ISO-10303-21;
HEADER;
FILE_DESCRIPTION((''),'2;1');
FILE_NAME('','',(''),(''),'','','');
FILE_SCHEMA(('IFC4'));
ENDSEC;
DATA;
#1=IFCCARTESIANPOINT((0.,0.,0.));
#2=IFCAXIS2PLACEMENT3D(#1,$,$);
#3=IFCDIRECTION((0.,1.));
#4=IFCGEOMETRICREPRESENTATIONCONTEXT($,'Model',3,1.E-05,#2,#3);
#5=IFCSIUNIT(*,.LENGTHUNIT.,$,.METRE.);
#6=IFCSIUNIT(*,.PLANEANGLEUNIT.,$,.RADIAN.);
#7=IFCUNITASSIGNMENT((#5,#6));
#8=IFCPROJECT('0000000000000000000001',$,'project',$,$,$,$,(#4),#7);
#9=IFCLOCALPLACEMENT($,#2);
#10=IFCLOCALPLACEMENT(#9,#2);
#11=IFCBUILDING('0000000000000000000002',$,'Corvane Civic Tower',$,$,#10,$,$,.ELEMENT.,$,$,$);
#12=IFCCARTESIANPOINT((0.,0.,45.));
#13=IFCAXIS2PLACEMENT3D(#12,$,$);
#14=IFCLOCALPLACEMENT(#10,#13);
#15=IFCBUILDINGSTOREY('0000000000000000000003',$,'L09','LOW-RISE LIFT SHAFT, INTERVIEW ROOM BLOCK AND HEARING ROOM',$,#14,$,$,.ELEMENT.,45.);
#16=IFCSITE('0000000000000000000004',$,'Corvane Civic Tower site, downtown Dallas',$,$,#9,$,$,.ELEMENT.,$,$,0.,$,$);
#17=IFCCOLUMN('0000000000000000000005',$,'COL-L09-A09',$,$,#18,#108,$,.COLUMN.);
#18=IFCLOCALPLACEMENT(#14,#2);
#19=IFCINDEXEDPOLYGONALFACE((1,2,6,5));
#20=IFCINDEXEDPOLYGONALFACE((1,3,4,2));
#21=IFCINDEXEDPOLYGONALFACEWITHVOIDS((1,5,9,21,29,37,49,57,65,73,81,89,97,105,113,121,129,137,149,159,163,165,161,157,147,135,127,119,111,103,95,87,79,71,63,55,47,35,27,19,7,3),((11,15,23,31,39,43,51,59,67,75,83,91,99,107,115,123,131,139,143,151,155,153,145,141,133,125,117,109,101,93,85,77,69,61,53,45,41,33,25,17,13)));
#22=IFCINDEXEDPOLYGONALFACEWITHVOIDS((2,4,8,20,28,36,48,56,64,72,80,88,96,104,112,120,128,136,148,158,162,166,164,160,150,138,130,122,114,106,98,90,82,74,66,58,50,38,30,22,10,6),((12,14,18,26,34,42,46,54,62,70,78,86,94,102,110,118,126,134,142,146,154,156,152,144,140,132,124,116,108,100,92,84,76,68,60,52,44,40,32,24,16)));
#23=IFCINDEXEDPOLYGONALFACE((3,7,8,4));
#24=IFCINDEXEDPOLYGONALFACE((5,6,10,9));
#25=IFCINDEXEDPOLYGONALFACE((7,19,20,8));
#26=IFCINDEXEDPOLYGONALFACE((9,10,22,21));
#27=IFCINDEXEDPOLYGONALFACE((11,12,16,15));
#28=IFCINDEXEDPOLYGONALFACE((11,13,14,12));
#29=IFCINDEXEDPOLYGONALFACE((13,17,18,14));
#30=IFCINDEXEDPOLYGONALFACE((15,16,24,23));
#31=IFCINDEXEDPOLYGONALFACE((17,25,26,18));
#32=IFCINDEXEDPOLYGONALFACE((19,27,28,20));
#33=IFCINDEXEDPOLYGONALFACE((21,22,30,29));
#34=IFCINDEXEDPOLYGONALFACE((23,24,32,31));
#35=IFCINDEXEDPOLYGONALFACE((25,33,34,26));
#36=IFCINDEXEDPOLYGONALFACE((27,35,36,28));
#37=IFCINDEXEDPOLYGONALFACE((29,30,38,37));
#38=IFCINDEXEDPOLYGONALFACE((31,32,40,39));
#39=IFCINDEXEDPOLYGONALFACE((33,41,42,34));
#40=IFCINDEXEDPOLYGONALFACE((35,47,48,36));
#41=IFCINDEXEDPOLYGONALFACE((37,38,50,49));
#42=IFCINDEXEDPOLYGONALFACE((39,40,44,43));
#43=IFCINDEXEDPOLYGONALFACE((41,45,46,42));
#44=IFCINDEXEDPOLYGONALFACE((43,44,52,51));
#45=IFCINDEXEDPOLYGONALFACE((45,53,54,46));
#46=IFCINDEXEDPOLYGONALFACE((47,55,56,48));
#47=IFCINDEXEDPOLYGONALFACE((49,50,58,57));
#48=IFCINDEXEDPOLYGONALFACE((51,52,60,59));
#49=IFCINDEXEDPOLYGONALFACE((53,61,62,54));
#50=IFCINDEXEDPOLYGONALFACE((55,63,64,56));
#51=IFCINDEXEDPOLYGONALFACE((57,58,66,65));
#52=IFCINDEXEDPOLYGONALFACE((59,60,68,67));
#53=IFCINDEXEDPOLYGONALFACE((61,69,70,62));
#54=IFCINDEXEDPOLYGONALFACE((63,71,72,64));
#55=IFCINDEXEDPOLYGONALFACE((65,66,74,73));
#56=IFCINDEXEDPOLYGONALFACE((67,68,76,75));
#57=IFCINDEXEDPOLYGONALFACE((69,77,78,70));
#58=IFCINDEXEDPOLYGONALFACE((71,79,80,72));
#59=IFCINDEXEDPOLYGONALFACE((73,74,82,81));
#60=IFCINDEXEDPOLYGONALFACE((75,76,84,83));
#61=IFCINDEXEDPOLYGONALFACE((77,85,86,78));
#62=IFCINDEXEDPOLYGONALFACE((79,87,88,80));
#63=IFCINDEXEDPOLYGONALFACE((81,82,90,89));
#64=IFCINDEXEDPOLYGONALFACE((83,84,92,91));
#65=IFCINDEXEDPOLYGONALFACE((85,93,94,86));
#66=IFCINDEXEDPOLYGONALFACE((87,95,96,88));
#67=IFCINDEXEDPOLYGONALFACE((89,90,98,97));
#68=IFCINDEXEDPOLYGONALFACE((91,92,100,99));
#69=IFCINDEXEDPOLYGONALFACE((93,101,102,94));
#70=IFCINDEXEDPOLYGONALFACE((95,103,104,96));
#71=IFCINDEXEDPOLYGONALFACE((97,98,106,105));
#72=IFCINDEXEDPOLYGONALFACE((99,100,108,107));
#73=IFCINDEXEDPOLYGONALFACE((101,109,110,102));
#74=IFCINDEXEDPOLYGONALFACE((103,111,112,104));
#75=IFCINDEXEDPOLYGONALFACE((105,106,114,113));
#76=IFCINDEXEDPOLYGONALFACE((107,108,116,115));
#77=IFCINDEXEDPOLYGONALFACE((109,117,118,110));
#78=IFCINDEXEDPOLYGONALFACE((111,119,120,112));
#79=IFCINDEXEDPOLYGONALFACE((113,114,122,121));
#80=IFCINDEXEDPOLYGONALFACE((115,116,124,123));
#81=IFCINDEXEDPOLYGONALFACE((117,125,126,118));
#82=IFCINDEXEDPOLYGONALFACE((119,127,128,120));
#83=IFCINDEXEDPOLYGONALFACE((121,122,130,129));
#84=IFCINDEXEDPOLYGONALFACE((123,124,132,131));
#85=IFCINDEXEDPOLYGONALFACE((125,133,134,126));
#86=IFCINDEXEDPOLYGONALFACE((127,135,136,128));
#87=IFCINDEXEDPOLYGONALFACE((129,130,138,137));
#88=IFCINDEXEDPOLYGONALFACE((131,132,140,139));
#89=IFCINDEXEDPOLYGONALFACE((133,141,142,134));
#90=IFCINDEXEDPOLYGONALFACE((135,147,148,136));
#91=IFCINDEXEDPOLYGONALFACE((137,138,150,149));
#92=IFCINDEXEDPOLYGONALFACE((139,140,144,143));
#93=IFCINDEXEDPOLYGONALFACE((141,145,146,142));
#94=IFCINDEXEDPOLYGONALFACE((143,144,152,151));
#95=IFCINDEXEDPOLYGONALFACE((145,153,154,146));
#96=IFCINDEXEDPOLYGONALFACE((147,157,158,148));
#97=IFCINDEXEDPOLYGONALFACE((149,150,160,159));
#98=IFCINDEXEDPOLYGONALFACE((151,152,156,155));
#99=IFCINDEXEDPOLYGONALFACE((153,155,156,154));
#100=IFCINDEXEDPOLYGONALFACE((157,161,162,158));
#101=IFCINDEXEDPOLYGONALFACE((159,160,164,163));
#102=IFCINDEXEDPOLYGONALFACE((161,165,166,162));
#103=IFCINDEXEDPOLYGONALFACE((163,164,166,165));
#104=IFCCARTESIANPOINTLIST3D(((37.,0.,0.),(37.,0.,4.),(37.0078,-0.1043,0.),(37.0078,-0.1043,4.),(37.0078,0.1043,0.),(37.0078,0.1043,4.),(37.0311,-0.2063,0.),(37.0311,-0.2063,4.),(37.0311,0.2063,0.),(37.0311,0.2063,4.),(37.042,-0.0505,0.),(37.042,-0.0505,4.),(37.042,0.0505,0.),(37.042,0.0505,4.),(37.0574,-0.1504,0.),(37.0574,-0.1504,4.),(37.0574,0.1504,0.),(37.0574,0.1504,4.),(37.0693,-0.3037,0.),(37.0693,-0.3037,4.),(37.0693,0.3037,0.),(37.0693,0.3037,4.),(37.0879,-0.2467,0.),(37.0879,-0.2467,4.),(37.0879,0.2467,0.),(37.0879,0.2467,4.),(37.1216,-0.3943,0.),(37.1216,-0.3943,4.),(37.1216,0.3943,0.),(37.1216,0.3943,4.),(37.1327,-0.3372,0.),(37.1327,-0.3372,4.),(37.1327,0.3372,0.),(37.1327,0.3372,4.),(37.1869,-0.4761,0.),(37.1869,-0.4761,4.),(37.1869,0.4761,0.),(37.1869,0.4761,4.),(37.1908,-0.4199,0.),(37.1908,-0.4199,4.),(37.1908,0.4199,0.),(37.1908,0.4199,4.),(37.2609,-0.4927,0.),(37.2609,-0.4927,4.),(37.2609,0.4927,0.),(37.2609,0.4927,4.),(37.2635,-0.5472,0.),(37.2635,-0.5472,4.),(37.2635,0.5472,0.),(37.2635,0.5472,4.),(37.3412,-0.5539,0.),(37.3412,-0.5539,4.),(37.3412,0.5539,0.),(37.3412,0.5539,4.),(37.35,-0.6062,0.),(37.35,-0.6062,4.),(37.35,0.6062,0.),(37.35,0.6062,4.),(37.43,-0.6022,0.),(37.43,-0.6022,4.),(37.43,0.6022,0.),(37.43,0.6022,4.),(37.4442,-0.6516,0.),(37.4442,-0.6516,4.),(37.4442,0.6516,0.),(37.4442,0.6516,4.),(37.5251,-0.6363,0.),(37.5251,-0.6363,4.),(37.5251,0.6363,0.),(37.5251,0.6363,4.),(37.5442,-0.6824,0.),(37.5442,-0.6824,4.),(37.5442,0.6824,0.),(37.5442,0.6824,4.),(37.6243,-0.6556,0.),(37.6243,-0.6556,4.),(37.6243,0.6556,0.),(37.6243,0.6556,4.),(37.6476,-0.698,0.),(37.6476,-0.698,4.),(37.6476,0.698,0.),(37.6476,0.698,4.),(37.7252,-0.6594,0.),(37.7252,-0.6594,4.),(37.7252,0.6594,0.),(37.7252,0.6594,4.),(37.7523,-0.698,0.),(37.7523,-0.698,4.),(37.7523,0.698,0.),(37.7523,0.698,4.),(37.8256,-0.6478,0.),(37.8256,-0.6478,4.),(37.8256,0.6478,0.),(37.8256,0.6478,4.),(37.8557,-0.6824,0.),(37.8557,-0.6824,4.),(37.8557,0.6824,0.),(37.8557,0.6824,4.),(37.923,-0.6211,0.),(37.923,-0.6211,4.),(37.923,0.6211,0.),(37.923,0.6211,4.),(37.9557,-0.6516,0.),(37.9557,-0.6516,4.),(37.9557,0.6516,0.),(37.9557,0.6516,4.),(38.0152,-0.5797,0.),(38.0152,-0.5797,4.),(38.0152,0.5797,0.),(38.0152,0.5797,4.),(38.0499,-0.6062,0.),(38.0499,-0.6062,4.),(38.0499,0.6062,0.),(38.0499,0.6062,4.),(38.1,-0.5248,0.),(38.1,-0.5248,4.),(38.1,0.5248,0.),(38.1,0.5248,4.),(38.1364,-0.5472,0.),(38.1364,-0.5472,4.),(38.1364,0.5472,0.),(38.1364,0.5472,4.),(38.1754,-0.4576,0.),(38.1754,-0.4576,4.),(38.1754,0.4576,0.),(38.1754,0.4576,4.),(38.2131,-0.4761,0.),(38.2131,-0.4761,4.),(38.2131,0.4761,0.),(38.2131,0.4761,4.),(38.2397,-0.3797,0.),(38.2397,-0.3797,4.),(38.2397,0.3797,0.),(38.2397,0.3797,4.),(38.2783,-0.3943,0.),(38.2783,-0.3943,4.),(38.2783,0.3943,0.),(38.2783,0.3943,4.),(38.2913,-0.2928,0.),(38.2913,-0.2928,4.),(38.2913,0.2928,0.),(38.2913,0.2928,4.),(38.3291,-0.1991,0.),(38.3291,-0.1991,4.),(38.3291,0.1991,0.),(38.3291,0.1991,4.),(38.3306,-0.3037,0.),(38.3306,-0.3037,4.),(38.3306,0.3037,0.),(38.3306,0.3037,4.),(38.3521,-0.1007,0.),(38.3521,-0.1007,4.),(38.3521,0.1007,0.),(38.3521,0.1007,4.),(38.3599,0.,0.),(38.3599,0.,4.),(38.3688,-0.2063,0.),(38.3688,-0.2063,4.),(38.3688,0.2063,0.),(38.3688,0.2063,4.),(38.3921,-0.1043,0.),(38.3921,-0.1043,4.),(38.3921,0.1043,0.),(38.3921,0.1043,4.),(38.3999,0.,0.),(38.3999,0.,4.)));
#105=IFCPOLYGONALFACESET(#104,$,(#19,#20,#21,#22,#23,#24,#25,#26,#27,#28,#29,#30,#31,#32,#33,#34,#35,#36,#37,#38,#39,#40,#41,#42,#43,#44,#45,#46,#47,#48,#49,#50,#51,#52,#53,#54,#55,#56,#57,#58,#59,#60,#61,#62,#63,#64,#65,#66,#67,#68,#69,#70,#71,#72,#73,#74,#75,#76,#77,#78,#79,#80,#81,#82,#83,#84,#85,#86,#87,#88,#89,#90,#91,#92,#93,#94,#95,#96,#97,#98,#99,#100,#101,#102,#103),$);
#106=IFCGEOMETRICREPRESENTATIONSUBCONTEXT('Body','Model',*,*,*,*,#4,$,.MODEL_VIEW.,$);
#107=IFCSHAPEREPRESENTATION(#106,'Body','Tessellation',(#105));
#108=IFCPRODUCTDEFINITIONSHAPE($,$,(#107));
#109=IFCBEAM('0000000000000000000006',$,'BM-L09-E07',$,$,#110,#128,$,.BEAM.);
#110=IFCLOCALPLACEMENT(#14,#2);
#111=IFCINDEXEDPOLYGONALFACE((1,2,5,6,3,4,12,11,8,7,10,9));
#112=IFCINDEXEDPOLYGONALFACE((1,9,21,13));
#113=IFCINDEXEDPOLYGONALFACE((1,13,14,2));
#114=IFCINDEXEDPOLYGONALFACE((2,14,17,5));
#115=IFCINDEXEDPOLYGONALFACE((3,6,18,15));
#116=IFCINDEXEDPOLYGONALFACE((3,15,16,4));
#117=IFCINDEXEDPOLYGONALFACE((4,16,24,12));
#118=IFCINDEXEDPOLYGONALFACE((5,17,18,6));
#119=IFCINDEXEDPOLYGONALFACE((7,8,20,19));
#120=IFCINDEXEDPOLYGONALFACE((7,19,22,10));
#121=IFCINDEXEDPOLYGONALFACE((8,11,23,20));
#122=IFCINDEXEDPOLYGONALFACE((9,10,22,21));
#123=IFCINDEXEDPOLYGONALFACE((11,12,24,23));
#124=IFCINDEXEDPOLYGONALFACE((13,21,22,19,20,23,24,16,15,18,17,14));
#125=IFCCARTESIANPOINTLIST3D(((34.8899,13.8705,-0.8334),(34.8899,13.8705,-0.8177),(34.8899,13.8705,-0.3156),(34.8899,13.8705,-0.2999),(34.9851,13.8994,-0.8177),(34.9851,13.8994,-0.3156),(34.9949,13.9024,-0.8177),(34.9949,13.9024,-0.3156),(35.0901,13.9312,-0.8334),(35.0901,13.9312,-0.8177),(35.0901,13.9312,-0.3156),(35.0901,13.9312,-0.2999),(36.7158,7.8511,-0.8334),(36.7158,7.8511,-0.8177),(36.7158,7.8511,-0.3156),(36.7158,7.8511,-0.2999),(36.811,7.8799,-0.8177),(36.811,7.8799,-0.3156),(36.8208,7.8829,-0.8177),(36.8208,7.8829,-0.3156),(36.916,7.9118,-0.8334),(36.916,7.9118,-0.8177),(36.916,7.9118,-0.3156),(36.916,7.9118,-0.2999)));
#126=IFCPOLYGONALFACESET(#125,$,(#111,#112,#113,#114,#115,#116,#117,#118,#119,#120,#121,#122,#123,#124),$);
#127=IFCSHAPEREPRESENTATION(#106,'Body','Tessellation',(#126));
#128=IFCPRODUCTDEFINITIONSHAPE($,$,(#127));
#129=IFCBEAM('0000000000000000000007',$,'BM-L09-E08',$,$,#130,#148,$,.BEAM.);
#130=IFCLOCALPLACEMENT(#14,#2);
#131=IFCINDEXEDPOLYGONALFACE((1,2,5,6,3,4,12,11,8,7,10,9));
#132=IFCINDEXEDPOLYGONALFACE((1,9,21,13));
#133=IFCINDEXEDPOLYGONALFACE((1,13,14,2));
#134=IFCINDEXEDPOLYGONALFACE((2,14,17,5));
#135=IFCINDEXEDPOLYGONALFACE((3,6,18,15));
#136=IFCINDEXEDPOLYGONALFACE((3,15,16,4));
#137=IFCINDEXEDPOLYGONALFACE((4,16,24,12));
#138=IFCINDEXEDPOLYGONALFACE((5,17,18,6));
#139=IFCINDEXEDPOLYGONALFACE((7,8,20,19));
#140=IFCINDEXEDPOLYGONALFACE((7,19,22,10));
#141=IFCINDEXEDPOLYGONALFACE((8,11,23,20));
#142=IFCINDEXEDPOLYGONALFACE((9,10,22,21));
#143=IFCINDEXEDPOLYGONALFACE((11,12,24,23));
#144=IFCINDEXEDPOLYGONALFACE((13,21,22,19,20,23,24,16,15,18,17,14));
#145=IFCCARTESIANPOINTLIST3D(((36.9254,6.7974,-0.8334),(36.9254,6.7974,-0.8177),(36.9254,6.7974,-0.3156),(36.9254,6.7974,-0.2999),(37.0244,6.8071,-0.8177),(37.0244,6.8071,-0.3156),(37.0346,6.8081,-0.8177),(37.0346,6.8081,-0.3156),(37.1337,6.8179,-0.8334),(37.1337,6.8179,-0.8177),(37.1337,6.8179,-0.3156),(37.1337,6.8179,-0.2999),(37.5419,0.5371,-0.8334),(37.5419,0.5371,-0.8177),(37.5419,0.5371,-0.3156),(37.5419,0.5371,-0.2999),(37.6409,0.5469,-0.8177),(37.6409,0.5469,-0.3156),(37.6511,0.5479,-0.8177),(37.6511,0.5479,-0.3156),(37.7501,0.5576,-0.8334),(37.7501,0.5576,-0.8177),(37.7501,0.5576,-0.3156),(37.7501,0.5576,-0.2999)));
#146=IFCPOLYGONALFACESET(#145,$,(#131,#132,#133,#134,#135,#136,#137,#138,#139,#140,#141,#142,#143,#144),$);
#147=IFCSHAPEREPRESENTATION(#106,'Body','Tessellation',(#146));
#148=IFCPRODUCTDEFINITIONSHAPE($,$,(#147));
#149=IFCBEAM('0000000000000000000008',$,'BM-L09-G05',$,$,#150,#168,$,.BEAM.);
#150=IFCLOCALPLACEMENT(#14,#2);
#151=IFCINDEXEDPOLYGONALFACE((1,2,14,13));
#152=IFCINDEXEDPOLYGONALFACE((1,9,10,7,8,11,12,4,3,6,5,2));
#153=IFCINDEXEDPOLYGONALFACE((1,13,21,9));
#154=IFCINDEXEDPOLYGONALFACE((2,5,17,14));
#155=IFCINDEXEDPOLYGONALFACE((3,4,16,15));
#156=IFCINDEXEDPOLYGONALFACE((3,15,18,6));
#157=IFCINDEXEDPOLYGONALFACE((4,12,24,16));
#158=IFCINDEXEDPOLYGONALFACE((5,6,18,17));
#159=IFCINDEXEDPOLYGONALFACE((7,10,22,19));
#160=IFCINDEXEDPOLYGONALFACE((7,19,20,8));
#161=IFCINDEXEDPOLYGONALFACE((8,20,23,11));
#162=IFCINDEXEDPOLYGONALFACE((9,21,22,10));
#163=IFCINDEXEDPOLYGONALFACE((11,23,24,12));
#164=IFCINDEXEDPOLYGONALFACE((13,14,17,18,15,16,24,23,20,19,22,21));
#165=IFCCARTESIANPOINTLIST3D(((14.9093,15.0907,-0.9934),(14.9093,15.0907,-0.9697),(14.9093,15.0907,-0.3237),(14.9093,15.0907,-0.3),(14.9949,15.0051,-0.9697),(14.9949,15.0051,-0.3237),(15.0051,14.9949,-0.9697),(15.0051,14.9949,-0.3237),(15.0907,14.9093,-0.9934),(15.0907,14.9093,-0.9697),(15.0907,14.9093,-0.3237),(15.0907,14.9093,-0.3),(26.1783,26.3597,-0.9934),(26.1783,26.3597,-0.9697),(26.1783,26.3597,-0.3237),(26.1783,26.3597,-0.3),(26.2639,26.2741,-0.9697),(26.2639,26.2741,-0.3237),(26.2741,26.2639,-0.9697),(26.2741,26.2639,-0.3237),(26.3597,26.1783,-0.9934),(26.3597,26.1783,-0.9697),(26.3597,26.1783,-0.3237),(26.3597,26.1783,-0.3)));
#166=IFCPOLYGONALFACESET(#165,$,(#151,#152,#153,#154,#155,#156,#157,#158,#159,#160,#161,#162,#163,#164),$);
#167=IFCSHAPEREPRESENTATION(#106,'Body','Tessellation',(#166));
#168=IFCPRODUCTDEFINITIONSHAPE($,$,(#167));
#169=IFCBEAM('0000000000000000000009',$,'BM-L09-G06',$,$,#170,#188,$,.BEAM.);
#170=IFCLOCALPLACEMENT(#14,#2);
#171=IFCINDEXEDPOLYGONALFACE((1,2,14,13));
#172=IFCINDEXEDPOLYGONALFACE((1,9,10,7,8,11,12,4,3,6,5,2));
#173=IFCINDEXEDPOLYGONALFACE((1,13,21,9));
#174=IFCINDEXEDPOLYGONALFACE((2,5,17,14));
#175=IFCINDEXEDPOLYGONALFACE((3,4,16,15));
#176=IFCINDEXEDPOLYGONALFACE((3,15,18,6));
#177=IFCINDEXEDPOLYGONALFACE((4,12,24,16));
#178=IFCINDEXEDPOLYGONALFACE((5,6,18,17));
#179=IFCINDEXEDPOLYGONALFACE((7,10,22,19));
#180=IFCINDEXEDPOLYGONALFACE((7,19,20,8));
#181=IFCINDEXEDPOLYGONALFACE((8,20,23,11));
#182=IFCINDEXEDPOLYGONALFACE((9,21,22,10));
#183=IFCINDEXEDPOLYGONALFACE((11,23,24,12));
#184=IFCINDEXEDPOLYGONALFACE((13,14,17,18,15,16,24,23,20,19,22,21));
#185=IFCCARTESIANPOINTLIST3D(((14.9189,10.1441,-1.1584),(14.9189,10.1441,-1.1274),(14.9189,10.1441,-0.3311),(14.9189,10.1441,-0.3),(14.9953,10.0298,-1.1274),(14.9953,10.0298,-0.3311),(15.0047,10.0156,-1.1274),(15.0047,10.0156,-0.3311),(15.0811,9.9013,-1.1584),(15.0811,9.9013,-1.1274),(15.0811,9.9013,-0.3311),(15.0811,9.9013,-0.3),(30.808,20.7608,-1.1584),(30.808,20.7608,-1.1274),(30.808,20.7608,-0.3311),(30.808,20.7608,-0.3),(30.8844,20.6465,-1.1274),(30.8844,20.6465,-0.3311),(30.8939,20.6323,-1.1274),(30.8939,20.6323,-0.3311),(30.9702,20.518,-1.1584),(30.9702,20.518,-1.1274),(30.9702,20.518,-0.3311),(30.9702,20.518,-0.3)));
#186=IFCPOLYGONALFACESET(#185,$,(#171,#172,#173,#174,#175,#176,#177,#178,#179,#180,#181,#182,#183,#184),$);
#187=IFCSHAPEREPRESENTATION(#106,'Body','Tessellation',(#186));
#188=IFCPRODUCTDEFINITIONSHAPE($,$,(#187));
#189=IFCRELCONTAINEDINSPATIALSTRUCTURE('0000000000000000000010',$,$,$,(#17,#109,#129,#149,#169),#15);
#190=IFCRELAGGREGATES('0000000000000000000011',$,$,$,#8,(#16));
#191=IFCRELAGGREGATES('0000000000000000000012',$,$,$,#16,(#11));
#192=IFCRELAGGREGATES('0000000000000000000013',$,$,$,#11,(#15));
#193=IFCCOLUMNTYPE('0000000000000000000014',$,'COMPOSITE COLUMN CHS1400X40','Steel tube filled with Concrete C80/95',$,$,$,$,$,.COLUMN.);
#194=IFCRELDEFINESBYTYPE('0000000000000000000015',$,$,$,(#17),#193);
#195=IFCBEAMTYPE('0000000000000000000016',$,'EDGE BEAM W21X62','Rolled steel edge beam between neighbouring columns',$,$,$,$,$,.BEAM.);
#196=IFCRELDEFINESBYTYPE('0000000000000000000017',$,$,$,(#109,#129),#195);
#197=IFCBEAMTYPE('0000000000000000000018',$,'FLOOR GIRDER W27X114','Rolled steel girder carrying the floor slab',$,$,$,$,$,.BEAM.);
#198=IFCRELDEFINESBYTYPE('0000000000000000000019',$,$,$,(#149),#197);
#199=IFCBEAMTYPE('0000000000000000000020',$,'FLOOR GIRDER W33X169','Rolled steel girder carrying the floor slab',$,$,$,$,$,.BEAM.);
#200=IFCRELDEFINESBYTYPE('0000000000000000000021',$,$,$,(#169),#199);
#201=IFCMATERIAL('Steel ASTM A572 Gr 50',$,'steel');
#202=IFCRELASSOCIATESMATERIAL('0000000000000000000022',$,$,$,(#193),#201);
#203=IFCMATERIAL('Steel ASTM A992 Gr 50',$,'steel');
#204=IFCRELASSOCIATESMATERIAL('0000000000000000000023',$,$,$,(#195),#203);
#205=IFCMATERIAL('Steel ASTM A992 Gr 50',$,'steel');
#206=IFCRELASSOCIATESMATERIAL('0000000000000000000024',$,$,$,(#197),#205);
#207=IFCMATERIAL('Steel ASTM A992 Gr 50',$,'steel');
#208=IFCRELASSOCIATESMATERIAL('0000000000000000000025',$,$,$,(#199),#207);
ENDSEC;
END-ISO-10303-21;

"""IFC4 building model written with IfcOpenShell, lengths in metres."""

from ifc_helpers import new_model, si_unit, direction, frame, origin, origin_2d, place, context, subcontext, project, spatial, hollow_circle, i_section, extrude, material, material_profile, profile_set, type_object, element, save


model = new_model("IFC4")

# Units and contexts
model_context = context("Model", 3, precision=1e-05, world=origin(), true_north=direction((0.0, 1.0)))
body_context = subcontext(model_context, "Body", "Model", "MODEL_VIEW")
ifc_project = project(units=[si_unit("LENGTHUNIT", "METRE"), si_unit("PLANEANGLEUNIT", "RADIAN")], contexts=[model_context])

# Site, building, storey
site_placement = place(None, origin())
site = spatial("IfcSite", under=ifc_project, at=site_placement, Name="Corvane Civic Tower site, downtown Dallas", CompositionType="ELEMENT", RefElevation=0.0)
building_placement = place(site_placement, origin())
building = spatial("IfcBuilding", under=site, at=building_placement, Name="Corvane Civic Tower", CompositionType="ELEMENT")
storey_placement = place(building_placement, frame((0.0, 0.0, 45.0)))
storey = spatial("IfcBuildingStorey", under=building, at=storey_placement, Name="L09", Description="LOW-RISE LIFT SHAFT, INTERVIEW ROOM BLOCK AND HEARING ROOM", CompositionType="ELEMENT", Elevation=45.0)

# Column
ifc_material_1 = material(Name="Steel ASTM A572 Gr 50", Category="steel")
ifc_material_profile_1 = material_profile(ifc_material_1, hollow_circle(Radius=0.7, WallThickness=0.04, at=origin_2d()), Name="CHS1400X40")
ifc_profile_set_1 = profile_set([ifc_material_profile_1], Name="Steel ASTM A572 Gr 50")
column_type = type_object("IfcColumnType", Name="COMPOSITE COLUMN CHS1400X40", Description="Steel tube filled with Concrete C80/95", PredefinedType="COLUMN", material=ifc_profile_set_1)
for number, where, z_axis, x_axis, name in (
    (1, (37.7, 0.0, 0.0), (0.0, 0.0, 1.0), (1.0, 0.0, 0.0), "COL-L09-A09"),
):
    element("IfcColumn", number, at=place(storey_placement, frame(where, z_axis=z_axis, x_axis=x_axis)), inside=storey, type_object=column_type, Name=name, PredefinedType="COLUMN", context=body_context, shape_type="SweptSolid", body=[
        extrude(hollow_circle(Radius=0.7, WallThickness=0.04, at=origin_2d()), origin(), (0.0, 0.0, 1.0), 4.0),
    ])

# Beams
ifc_material_2 = material(Name="Steel ASTM A992 Gr 50", Category="steel")
ifc_material_profile_2 = material_profile(ifc_material_2, i_section(OverallWidth=0.2092, OverallDepth=0.5334, WebThickness=0.0103, FlangeThickness=0.0156, at=origin_2d()), Name="W21X62")
ifc_profile_set_2 = profile_set([ifc_material_profile_2], Name="Steel ASTM A992 Gr 50")
beam_type_1 = type_object("IfcBeamType", Name="EDGE BEAM W21X62", Description="Rolled steel edge beam between neighbouring columns", PredefinedType="BEAM", material=ifc_profile_set_2)
beam_1_placement = place(storey_placement, frame((34.99, 13.9009, -0.5667), z_axis=(0.290273, -0.956944, 0.0), x_axis=(0.956944, 0.290273, 0.0)))
element("IfcBeam", 2, at=beam_1_placement, inside=storey, type_object=beam_type_1, Name="BM-L09-E07", PredefinedType="BEAM", context=body_context, shape_type="SweptSolid", body=[
    extrude(i_section(OverallWidth=0.2092, OverallDepth=0.5334, WebThickness=0.0103, FlangeThickness=0.0156, at=origin_2d()), origin(), (0.0, 0.0, 1.0), 6.2903),
])
beam_2_placement = place(storey_placement, frame((37.0295, 6.8076, -0.5667), z_axis=(0.097997, -0.995187, 0.0), x_axis=(0.995187, 0.097997, 0.0)))
element("IfcBeam", 3, at=beam_2_placement, inside=storey, type_object=beam_type_1, Name="BM-L09-E08", PredefinedType="BEAM", context=body_context, shape_type="SweptSolid", body=[
    extrude(i_section(OverallWidth=0.2092, OverallDepth=0.5334, WebThickness=0.0103, FlangeThickness=0.0156, at=origin_2d()), origin(), (0.0, 0.0, 1.0), 6.2905),
])
ifc_material_3 = material(Name="Steel ASTM A992 Gr 50", Category="steel")
ifc_material_profile_3 = material_profile(ifc_material_3, i_section(OverallWidth=0.2566, OverallDepth=0.6934, WebThickness=0.0144, FlangeThickness=0.0237, at=origin_2d()), Name="W27X114")
ifc_profile_set_3 = profile_set([ifc_material_profile_3], Name="Steel ASTM A992 Gr 50")
beam_type_2 = type_object("IfcBeamType", Name="FLOOR GIRDER W27X114", Description="Rolled steel girder carrying the floor slab", PredefinedType="BEAM", material=ifc_profile_set_3)
beam_3_placement = place(storey_placement, frame((15.0, 15.0, -0.6467), z_axis=(0.707107, 0.707107, 0.0), x_axis=(-0.707107, 0.707107, 0.0)))
element("IfcBeam", 4, at=beam_3_placement, inside=storey, type_object=beam_type_2, Name="BM-L09-G05", PredefinedType="BEAM", context=body_context, shape_type="SweptSolid", body=[
    extrude(i_section(OverallWidth=0.2566, OverallDepth=0.6934, WebThickness=0.0144, FlangeThickness=0.0237, at=origin_2d()), origin(), (0.0, 0.0, 1.0), 15.9368),
])
ifc_material_4 = material(Name="Steel ASTM A992 Gr 50", Category="steel")
ifc_material_profile_4 = material_profile(ifc_material_4, i_section(OverallWidth=0.292, OverallDepth=0.8584, WebThickness=0.0171, FlangeThickness=0.031, at=origin_2d()), Name="W33X169")
ifc_profile_set_4 = profile_set([ifc_material_profile_4], Name="Steel ASTM A992 Gr 50")
beam_type_3 = type_object("IfcBeamType", Name="FLOOR GIRDER W33X169", Description="Rolled steel girder carrying the floor slab", PredefinedType="BEAM", material=ifc_profile_set_4)
beam_4_placement = place(storey_placement, frame((15.0, 10.0227, -0.7292), z_axis=(0.831472, 0.555567, 0.0), x_axis=(-0.555567, 0.831472, 0.0)))
element("IfcBeam", 5, at=beam_4_placement, inside=storey, type_object=beam_type_3, Name="BM-L09-G06", PredefinedType="BEAM", context=body_context, shape_type="SweptSolid", body=[
    extrude(i_section(OverallWidth=0.292, OverallDepth=0.8584, WebThickness=0.0171, FlangeThickness=0.031, at=origin_2d()), origin(), (0.0, 0.0, 1.0), 19.1096),
])

save(model, "model.ifc")
